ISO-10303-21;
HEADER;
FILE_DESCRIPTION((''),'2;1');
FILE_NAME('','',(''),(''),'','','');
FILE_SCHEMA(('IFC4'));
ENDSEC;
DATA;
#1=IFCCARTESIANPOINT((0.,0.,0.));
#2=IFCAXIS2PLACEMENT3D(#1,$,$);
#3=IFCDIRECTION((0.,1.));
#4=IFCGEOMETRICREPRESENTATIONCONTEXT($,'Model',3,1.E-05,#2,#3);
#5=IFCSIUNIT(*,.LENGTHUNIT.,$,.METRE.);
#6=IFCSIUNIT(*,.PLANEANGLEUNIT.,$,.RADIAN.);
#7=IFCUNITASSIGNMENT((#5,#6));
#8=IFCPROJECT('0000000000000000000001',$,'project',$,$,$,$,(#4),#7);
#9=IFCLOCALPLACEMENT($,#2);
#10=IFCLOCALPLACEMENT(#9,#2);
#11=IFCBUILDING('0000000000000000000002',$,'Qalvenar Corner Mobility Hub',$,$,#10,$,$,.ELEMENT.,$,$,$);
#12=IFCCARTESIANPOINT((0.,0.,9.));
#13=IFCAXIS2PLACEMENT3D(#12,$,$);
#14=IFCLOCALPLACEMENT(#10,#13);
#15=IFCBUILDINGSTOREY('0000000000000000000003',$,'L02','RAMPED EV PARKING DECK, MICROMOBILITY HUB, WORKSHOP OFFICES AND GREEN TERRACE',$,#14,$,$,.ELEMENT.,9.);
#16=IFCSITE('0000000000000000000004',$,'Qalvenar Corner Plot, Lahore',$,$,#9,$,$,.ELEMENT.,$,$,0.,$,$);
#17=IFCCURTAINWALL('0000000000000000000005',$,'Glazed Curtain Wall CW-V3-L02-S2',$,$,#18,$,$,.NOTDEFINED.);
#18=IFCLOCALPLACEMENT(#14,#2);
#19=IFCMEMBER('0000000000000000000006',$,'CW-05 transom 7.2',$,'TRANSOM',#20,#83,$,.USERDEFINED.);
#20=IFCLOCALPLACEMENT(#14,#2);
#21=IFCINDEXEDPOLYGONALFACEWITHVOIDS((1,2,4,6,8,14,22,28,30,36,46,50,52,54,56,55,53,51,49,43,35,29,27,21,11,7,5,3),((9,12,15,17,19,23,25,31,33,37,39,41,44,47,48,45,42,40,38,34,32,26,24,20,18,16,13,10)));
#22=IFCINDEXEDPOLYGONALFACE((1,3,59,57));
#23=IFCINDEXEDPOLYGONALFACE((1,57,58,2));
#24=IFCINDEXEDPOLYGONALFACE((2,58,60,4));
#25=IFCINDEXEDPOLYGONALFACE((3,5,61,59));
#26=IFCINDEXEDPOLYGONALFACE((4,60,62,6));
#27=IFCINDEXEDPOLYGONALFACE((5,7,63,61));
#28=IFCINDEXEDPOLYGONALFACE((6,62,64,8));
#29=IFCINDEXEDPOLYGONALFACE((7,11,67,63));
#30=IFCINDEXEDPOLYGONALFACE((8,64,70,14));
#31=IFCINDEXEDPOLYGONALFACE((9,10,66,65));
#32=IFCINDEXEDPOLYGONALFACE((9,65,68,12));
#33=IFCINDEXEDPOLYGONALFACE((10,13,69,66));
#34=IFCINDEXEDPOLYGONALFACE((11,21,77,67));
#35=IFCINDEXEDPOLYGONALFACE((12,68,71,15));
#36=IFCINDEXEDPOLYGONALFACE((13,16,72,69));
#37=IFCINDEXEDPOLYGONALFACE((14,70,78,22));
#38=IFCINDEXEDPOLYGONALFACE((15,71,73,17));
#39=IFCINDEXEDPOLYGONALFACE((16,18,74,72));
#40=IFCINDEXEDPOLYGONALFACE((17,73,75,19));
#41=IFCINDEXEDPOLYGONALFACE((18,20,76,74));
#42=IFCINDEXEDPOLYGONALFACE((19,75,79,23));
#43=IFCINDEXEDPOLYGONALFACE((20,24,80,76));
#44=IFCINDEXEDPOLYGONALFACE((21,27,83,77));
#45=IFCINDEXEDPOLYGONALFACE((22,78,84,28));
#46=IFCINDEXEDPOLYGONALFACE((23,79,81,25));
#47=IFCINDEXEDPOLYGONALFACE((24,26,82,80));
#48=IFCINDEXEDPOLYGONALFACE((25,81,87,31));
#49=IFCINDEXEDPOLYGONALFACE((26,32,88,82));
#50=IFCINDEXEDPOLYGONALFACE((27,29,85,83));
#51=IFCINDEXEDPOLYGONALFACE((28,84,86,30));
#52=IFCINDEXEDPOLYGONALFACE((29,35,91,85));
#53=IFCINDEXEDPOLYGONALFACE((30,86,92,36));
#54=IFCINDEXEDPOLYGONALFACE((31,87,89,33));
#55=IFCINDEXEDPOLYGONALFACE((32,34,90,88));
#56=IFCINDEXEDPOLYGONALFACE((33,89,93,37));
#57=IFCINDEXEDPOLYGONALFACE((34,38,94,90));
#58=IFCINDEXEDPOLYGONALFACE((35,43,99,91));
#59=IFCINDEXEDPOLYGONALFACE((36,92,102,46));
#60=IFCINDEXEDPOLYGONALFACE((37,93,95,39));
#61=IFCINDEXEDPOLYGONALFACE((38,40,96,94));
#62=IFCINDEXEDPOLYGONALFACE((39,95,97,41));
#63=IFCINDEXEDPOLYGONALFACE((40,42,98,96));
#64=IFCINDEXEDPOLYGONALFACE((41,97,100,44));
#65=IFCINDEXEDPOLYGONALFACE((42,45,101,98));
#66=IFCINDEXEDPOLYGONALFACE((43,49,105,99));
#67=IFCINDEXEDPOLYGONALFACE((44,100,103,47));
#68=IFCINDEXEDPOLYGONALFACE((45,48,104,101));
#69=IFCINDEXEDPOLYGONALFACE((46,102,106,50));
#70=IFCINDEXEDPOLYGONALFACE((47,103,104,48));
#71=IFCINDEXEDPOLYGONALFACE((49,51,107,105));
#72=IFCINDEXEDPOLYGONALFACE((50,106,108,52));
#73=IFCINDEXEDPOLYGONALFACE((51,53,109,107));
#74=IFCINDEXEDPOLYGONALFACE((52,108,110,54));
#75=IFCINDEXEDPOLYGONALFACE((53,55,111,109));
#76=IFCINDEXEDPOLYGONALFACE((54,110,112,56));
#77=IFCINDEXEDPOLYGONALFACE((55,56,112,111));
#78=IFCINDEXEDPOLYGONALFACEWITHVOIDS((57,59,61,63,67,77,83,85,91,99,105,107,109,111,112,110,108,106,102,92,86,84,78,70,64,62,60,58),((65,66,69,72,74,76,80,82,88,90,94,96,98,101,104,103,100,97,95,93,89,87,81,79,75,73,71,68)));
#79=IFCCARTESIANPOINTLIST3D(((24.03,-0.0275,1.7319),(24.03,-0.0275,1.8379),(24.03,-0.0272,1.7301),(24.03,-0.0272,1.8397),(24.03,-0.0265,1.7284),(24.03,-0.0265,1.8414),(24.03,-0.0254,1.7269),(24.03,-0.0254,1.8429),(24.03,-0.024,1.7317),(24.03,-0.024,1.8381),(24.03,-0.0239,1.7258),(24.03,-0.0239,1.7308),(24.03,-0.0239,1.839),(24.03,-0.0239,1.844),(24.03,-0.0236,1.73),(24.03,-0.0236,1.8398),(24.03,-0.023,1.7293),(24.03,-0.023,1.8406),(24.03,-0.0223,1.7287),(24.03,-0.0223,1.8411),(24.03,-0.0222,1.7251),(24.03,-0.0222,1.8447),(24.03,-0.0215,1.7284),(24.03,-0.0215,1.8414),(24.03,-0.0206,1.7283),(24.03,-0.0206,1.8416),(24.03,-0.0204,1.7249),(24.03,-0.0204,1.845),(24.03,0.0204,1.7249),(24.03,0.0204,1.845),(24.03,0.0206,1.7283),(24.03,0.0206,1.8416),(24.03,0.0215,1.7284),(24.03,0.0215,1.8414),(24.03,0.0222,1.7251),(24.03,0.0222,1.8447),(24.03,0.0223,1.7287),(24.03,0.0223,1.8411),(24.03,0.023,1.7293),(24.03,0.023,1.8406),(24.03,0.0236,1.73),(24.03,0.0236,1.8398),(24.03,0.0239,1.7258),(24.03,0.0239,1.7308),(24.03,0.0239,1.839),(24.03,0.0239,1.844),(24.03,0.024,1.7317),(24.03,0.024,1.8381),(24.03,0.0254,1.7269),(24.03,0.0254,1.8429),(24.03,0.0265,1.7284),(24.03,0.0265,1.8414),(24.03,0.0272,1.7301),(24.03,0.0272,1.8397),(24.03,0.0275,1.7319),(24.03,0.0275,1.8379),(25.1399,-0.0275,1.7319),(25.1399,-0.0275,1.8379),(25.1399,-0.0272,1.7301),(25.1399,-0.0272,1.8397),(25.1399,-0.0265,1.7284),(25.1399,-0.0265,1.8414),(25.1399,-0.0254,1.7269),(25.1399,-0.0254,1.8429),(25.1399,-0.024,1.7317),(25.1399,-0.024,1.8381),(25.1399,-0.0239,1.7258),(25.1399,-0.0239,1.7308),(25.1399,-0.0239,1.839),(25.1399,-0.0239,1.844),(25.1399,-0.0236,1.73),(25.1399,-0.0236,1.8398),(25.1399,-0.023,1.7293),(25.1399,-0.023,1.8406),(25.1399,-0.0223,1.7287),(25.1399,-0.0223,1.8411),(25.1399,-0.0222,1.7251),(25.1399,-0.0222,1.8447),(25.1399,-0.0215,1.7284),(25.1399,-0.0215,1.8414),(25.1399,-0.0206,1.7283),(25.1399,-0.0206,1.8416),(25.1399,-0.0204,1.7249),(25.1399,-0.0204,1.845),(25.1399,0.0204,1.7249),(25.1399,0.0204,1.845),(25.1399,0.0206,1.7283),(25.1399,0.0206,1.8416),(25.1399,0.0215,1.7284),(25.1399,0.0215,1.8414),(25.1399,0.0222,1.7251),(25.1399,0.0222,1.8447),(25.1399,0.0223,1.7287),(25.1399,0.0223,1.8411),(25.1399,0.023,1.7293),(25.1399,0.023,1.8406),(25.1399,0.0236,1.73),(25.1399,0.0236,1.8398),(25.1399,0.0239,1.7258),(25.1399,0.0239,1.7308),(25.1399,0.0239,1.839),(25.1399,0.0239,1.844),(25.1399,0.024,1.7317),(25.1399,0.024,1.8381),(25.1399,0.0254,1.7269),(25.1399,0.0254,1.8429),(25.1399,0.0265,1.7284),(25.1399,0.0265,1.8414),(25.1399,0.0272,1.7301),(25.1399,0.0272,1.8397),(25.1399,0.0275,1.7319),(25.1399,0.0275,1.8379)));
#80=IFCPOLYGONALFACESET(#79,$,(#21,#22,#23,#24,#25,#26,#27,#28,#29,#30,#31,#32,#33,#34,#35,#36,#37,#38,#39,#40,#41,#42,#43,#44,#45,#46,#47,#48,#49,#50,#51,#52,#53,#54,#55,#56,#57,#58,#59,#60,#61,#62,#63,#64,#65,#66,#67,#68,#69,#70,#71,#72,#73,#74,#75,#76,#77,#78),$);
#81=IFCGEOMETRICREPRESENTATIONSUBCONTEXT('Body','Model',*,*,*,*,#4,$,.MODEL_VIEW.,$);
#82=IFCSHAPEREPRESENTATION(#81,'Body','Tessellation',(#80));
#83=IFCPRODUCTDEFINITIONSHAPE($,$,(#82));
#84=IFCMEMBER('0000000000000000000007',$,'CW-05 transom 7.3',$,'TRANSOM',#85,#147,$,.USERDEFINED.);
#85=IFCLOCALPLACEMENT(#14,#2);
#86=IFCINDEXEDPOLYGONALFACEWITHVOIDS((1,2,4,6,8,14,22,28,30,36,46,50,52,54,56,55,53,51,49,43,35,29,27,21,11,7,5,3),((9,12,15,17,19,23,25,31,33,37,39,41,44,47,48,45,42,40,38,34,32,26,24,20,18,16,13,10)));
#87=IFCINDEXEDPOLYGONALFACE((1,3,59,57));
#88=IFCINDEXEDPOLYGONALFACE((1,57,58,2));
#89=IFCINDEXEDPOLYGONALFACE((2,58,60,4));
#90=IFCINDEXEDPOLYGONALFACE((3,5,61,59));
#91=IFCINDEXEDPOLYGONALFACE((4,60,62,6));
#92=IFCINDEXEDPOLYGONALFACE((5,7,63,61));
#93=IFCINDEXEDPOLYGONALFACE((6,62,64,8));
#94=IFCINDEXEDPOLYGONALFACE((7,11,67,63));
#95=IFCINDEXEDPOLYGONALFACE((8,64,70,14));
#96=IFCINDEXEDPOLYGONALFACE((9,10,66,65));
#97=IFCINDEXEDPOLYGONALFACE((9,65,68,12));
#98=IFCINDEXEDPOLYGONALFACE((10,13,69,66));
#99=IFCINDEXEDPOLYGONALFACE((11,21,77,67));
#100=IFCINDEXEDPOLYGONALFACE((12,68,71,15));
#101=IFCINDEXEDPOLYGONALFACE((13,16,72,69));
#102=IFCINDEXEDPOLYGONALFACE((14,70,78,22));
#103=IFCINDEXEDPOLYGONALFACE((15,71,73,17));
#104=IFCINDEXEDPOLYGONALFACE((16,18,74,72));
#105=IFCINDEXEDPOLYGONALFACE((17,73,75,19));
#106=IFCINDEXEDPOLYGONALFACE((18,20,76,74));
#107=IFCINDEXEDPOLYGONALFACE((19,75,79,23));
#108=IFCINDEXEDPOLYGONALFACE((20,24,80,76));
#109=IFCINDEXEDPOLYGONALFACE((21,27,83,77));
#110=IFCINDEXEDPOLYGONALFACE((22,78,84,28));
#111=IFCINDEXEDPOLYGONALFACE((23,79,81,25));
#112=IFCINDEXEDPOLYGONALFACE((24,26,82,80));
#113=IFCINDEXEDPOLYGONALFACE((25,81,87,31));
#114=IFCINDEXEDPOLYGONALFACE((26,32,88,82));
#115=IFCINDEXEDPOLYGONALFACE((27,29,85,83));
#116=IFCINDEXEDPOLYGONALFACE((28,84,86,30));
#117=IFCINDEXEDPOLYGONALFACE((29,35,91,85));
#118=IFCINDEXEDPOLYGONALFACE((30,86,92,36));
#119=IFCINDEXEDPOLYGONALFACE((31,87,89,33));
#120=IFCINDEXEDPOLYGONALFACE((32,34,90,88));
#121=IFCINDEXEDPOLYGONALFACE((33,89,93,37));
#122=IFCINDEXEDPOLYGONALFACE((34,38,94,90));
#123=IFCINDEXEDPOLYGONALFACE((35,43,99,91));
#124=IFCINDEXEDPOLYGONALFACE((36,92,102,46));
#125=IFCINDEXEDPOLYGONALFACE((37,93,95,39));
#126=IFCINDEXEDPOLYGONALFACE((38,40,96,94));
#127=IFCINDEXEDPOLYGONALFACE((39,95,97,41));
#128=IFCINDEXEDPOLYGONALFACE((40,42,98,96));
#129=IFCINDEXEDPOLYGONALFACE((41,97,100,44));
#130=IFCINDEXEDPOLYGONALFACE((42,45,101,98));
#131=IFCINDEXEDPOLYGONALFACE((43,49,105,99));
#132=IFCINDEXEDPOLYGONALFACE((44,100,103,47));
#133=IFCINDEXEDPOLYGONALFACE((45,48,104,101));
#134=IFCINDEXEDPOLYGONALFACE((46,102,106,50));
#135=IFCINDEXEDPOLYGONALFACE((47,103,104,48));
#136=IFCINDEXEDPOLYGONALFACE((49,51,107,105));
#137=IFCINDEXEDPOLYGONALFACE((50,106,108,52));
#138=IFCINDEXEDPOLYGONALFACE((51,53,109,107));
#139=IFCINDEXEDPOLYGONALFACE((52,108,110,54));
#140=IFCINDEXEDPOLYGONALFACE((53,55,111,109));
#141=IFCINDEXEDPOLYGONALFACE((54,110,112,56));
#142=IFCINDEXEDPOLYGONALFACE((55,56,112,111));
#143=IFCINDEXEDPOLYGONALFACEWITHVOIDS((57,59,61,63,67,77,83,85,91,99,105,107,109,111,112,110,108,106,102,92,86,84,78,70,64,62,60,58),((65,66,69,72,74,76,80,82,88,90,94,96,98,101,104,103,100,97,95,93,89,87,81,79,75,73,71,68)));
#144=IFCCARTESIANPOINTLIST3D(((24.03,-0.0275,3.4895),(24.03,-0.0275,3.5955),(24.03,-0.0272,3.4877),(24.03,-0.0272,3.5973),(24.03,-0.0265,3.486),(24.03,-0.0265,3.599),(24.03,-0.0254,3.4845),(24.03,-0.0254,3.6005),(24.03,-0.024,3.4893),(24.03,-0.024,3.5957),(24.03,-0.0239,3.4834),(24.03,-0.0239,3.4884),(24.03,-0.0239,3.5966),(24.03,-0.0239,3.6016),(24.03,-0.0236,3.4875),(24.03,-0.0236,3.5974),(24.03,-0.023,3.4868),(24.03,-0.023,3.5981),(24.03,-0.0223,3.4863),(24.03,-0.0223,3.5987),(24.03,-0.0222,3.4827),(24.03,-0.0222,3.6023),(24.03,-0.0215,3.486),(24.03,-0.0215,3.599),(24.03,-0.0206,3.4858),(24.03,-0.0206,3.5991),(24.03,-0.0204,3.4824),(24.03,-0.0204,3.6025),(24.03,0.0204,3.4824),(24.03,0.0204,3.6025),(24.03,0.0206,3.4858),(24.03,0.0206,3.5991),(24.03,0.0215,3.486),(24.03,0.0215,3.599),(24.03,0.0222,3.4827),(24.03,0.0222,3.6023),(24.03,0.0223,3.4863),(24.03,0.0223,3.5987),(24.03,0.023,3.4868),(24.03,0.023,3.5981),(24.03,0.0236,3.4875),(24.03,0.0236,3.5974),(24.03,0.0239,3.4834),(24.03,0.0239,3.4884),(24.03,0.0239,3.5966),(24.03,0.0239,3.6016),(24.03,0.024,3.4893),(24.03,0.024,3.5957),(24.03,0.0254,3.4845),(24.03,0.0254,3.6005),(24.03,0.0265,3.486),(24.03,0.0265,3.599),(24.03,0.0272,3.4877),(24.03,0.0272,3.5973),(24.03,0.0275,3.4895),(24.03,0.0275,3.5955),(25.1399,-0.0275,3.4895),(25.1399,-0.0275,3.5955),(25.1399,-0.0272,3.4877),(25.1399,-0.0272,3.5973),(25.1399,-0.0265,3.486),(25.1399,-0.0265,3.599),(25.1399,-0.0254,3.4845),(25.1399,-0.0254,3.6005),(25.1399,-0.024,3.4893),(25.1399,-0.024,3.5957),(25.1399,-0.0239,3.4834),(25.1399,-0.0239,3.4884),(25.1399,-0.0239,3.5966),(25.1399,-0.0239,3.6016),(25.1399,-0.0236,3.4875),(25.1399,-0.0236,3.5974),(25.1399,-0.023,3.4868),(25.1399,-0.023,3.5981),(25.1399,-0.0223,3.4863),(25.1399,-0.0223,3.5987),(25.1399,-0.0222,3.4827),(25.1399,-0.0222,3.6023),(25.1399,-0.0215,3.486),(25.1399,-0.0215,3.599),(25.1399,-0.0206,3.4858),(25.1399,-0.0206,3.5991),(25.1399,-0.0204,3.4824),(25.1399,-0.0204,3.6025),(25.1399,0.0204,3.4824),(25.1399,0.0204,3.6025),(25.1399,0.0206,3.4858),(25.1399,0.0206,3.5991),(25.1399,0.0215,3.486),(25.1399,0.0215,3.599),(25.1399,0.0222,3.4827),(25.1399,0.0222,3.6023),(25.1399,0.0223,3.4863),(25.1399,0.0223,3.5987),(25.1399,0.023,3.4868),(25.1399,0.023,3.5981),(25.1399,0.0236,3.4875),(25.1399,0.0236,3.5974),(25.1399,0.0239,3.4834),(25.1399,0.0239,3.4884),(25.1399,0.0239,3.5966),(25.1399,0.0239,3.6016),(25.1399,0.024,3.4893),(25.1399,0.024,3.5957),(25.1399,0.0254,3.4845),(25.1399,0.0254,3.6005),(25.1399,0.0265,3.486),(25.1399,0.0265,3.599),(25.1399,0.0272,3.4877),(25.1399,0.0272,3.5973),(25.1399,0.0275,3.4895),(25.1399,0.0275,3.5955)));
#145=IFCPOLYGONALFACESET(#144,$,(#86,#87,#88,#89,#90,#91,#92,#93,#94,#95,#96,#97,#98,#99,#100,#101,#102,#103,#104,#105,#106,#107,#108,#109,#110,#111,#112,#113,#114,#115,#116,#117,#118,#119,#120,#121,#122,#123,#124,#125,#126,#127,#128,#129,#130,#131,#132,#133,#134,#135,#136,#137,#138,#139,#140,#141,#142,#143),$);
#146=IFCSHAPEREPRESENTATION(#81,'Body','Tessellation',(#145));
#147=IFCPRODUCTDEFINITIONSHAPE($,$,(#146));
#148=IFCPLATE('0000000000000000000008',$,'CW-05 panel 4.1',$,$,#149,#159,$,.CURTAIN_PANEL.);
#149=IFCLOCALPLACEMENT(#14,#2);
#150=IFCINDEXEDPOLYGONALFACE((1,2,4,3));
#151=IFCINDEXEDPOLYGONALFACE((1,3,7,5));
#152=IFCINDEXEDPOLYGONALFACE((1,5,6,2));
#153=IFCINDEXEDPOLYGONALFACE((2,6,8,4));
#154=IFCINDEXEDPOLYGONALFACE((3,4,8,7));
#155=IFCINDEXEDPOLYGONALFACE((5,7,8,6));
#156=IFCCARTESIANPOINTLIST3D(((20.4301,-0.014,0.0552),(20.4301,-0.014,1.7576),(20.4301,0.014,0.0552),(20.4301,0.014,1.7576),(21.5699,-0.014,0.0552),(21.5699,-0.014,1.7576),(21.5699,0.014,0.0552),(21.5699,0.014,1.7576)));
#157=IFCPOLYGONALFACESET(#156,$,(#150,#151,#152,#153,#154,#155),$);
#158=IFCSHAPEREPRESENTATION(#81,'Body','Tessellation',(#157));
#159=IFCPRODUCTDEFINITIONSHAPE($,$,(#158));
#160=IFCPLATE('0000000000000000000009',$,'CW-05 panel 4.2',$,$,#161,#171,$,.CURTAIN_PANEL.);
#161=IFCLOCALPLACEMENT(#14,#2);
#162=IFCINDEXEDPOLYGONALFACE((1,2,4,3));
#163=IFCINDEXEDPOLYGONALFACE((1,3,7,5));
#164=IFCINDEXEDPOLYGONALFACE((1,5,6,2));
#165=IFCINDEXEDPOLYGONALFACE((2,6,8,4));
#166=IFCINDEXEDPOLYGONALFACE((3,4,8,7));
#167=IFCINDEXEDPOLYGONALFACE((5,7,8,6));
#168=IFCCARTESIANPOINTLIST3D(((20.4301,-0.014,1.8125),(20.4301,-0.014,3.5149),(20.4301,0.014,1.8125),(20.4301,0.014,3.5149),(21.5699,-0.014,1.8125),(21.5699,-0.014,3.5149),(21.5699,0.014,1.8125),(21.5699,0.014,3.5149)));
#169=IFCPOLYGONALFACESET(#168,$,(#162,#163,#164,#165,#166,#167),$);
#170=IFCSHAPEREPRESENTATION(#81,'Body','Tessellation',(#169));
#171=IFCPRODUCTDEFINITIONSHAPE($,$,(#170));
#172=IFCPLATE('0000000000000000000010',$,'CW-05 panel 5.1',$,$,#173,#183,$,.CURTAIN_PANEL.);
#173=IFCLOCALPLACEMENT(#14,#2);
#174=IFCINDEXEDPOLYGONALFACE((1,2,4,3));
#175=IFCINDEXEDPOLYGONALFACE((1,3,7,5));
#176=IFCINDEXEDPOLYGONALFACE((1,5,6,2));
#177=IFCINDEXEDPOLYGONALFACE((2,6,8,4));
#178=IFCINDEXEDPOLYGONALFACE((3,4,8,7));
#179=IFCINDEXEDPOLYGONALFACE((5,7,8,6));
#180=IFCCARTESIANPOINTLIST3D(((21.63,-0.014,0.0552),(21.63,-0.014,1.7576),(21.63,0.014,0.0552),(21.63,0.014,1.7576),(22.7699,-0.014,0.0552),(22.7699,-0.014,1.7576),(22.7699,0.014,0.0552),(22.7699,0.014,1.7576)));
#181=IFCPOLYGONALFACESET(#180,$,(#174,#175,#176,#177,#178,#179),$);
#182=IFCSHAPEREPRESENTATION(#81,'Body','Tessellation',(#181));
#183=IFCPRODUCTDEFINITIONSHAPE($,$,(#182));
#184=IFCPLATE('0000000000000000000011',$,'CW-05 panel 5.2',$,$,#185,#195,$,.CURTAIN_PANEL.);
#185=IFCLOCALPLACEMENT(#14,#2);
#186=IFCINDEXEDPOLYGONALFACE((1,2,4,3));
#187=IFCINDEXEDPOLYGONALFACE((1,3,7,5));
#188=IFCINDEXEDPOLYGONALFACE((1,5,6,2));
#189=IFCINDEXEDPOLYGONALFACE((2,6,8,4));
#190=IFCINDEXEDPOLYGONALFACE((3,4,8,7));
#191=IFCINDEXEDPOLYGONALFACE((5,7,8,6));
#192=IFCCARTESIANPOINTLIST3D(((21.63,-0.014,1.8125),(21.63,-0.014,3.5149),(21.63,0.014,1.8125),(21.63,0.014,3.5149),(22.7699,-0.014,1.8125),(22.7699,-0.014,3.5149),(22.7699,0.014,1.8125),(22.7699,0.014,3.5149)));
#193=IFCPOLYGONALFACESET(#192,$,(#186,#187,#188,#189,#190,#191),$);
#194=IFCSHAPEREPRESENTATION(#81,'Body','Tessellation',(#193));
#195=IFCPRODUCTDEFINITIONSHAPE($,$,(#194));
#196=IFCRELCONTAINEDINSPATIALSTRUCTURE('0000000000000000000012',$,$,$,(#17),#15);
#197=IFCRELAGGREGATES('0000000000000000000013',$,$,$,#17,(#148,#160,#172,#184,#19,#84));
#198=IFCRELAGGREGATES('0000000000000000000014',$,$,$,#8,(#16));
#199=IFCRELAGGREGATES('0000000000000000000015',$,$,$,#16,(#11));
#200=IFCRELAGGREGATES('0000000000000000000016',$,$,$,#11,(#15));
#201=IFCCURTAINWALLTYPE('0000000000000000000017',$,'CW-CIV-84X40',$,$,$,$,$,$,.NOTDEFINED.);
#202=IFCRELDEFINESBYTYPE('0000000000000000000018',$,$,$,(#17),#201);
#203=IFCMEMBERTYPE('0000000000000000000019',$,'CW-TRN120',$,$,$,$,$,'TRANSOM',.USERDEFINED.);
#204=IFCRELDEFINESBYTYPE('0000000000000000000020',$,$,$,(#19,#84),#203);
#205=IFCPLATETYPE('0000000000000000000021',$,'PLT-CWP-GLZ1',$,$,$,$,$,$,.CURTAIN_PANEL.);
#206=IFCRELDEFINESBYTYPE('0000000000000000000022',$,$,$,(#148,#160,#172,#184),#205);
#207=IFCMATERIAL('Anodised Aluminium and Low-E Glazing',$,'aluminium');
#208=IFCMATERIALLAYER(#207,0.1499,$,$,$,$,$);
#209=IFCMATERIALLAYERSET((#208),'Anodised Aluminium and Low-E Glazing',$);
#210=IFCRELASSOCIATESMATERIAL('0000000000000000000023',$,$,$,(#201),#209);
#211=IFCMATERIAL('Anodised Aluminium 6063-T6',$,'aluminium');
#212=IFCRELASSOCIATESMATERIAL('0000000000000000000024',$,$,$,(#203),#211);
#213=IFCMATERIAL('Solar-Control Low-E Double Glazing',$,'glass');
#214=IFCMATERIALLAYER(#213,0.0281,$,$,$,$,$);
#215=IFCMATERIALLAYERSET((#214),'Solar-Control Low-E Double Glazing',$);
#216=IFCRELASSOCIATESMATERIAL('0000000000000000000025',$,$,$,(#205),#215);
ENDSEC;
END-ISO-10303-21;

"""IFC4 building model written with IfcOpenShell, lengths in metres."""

from ifc_helpers import new_model, si_unit, direction, frame, origin, origin_2d, place, context, subcontext, project, spatial, rectangle, hollow_rectangle, extrude, material, layer, layer_set, material_profile, profile_set, type_object, element, aggregate, save


model = new_model("IFC4")

# Units and contexts
model_context = context("Model", 3, precision=1e-05, world=origin(), true_north=direction((0.0, 1.0)))
body_context = subcontext(model_context, "Body", "Model", "MODEL_VIEW")
ifc_project = project(units=[si_unit("LENGTHUNIT", "METRE"), si_unit("PLANEANGLEUNIT", "RADIAN")], contexts=[model_context])

# Site, building, storey
site_placement = place(None, origin())
site = spatial("IfcSite", under=ifc_project, at=site_placement, Name="Qalvenar Corner Plot, Lahore", CompositionType="ELEMENT", RefElevation=0.0)
building_placement = place(site_placement, origin())
building = spatial("IfcBuilding", under=site, at=building_placement, Name="Qalvenar Corner Mobility Hub", CompositionType="ELEMENT")
storey_placement = place(building_placement, frame((0.0, 0.0, 9.0)))
storey = spatial("IfcBuildingStorey", under=building, at=storey_placement, Name="L02", Description="RAMPED EV PARKING DECK, MICROMOBILITY HUB, WORKSHOP OFFICES AND GREEN TERRACE", CompositionType="ELEMENT", Elevation=9.0)

# Curtain wall, members, plates
ifc_material_1 = material(Name="Anodised Aluminium and Low-E Glazing", Category="aluminium")
ifc_layer_1 = layer(ifc_material_1, 0.1499)
ifc_layer_set_1 = layer_set([ifc_layer_1], Name="Anodised Aluminium and Low-E Glazing")
curtain_wall_type = type_object("IfcCurtainWallType", Name="CW-CIV-84X40", PredefinedType="NOTDEFINED", material=ifc_layer_set_1)
curtain_wall_placement = place(storey_placement, origin())
curtain_wall = element("IfcCurtainWall", 1, at=curtain_wall_placement, inside=storey, type_object=curtain_wall_type, Name="Glazed Curtain Wall CW-V3-L02-S2", PredefinedType="NOTDEFINED")
ifc_material_2 = material(Name="Anodised Aluminium 6063-T6", Category="aluminium")
ifc_material_profile_1 = material_profile(ifc_material_2, hollow_rectangle(XDim=0.0549, YDim=0.1201, WallThickness=0.0034, InnerFilletRadius=0.0034, OuterFilletRadius=0.0071, at=origin_2d()), Name="RHS120x55x3.5")
ifc_profile_set_1 = profile_set([ifc_material_profile_1], Name="Anodised Aluminium 6063-T6")
member_type_1 = type_object("IfcMemberType", Name="CW-TRN120", ElementType="TRANSOM", PredefinedType="USERDEFINED", material=ifc_profile_set_1)
member_1_placement = place(storey_placement, frame((24.03, 0.0, 1.7849), z_axis=(1.0, 0.0, 0.0), x_axis=(0.0, 1.0, 0.0)))
member_1 = element("IfcMember", 2, at=member_1_placement, type_object=member_type_1, Name="CW-05 transom 7.2", ObjectType="TRANSOM", PredefinedType="USERDEFINED", context=body_context, shape_type="SweptSolid", body=[
    extrude(hollow_rectangle(XDim=0.0549, YDim=0.1201, WallThickness=0.0034, InnerFilletRadius=0.0034, OuterFilletRadius=0.0071, at=origin_2d()), origin(), (0.0, 0.0, 1.0), 1.1099),
])
member_2_placement = place(storey_placement, frame((24.03, 0.0, 3.5425), z_axis=(1.0, 0.0, 0.0), x_axis=(0.0, 1.0, 0.0)))
member_2 = element("IfcMember", 3, at=member_2_placement, type_object=member_type_1, Name="CW-05 transom 7.3", ObjectType="TRANSOM", PredefinedType="USERDEFINED", context=body_context, shape_type="SweptSolid", body=[
    extrude(hollow_rectangle(XDim=0.0549, YDim=0.1201, WallThickness=0.0034, InnerFilletRadius=0.0034, OuterFilletRadius=0.0071, at=origin_2d()), origin(), (0.0, 0.0, 1.0), 1.1099),
])
ifc_material_3 = material(Name="Solar-Control Low-E Double Glazing", Category="glass")
ifc_layer_2 = layer(ifc_material_3, 0.0281)
ifc_layer_set_2 = layer_set([ifc_layer_2], Name="Solar-Control Low-E Double Glazing")
plate_type = type_object("IfcPlateType", Name="PLT-CWP-GLZ1", PredefinedType="CURTAIN_PANEL", material=ifc_layer_set_2)
plate_1_placement = place(storey_placement, frame((21.0, 0.0, 0.0552), z_axis=(0.0, 0.0, 1.0), x_axis=(1.0, 0.0, 0.0)))
plate_1 = element("IfcPlate", 4, at=plate_1_placement, type_object=plate_type, Name="CW-05 panel 4.1", PredefinedType="CURTAIN_PANEL", context=body_context, shape_type="SweptSolid", body=[
    extrude(rectangle(XDim=1.1399, YDim=0.0281, at=origin_2d()), origin(), (0.0, 0.0, 1.0), 1.7024),
])
plate_2_placement = place(storey_placement, frame((21.0, 0.0, 1.8125), z_axis=(0.0, 0.0, 1.0), x_axis=(1.0, 0.0, 0.0)))
plate_2 = element("IfcPlate", 5, at=plate_2_placement, type_object=plate_type, Name="CW-05 panel 4.2", PredefinedType="CURTAIN_PANEL", context=body_context, shape_type="SweptSolid", body=[
    extrude(rectangle(XDim=1.1399, YDim=0.0281, at=origin_2d()), origin(), (0.0, 0.0, 1.0), 1.7024),
])
plate_3_placement = place(storey_placement, frame((22.2, 0.0, 0.0552), z_axis=(0.0, 0.0, 1.0), x_axis=(1.0, 0.0, 0.0)))
plate_3 = element("IfcPlate", 6, at=plate_3_placement, type_object=plate_type, Name="CW-05 panel 5.1", PredefinedType="CURTAIN_PANEL", context=body_context, shape_type="SweptSolid", body=[
    extrude(rectangle(XDim=1.1399, YDim=0.0281, at=origin_2d()), origin(), (0.0, 0.0, 1.0), 1.7024),
])
plate_4_placement = place(storey_placement, frame((22.2, 0.0, 1.8125), z_axis=(0.0, 0.0, 1.0), x_axis=(1.0, 0.0, 0.0)))
plate_4 = element("IfcPlate", 7, at=plate_4_placement, type_object=plate_type, Name="CW-05 panel 5.2", PredefinedType="CURTAIN_PANEL", context=body_context, shape_type="SweptSolid", body=[
    extrude(rectangle(XDim=1.1399, YDim=0.0281, at=origin_2d()), origin(), (0.0, 0.0, 1.0), 1.7024),
])
aggregate(curtain_wall, [plate_1, plate_2, plate_3, plate_4, member_1, member_2])

save(model, "model.ifc")
